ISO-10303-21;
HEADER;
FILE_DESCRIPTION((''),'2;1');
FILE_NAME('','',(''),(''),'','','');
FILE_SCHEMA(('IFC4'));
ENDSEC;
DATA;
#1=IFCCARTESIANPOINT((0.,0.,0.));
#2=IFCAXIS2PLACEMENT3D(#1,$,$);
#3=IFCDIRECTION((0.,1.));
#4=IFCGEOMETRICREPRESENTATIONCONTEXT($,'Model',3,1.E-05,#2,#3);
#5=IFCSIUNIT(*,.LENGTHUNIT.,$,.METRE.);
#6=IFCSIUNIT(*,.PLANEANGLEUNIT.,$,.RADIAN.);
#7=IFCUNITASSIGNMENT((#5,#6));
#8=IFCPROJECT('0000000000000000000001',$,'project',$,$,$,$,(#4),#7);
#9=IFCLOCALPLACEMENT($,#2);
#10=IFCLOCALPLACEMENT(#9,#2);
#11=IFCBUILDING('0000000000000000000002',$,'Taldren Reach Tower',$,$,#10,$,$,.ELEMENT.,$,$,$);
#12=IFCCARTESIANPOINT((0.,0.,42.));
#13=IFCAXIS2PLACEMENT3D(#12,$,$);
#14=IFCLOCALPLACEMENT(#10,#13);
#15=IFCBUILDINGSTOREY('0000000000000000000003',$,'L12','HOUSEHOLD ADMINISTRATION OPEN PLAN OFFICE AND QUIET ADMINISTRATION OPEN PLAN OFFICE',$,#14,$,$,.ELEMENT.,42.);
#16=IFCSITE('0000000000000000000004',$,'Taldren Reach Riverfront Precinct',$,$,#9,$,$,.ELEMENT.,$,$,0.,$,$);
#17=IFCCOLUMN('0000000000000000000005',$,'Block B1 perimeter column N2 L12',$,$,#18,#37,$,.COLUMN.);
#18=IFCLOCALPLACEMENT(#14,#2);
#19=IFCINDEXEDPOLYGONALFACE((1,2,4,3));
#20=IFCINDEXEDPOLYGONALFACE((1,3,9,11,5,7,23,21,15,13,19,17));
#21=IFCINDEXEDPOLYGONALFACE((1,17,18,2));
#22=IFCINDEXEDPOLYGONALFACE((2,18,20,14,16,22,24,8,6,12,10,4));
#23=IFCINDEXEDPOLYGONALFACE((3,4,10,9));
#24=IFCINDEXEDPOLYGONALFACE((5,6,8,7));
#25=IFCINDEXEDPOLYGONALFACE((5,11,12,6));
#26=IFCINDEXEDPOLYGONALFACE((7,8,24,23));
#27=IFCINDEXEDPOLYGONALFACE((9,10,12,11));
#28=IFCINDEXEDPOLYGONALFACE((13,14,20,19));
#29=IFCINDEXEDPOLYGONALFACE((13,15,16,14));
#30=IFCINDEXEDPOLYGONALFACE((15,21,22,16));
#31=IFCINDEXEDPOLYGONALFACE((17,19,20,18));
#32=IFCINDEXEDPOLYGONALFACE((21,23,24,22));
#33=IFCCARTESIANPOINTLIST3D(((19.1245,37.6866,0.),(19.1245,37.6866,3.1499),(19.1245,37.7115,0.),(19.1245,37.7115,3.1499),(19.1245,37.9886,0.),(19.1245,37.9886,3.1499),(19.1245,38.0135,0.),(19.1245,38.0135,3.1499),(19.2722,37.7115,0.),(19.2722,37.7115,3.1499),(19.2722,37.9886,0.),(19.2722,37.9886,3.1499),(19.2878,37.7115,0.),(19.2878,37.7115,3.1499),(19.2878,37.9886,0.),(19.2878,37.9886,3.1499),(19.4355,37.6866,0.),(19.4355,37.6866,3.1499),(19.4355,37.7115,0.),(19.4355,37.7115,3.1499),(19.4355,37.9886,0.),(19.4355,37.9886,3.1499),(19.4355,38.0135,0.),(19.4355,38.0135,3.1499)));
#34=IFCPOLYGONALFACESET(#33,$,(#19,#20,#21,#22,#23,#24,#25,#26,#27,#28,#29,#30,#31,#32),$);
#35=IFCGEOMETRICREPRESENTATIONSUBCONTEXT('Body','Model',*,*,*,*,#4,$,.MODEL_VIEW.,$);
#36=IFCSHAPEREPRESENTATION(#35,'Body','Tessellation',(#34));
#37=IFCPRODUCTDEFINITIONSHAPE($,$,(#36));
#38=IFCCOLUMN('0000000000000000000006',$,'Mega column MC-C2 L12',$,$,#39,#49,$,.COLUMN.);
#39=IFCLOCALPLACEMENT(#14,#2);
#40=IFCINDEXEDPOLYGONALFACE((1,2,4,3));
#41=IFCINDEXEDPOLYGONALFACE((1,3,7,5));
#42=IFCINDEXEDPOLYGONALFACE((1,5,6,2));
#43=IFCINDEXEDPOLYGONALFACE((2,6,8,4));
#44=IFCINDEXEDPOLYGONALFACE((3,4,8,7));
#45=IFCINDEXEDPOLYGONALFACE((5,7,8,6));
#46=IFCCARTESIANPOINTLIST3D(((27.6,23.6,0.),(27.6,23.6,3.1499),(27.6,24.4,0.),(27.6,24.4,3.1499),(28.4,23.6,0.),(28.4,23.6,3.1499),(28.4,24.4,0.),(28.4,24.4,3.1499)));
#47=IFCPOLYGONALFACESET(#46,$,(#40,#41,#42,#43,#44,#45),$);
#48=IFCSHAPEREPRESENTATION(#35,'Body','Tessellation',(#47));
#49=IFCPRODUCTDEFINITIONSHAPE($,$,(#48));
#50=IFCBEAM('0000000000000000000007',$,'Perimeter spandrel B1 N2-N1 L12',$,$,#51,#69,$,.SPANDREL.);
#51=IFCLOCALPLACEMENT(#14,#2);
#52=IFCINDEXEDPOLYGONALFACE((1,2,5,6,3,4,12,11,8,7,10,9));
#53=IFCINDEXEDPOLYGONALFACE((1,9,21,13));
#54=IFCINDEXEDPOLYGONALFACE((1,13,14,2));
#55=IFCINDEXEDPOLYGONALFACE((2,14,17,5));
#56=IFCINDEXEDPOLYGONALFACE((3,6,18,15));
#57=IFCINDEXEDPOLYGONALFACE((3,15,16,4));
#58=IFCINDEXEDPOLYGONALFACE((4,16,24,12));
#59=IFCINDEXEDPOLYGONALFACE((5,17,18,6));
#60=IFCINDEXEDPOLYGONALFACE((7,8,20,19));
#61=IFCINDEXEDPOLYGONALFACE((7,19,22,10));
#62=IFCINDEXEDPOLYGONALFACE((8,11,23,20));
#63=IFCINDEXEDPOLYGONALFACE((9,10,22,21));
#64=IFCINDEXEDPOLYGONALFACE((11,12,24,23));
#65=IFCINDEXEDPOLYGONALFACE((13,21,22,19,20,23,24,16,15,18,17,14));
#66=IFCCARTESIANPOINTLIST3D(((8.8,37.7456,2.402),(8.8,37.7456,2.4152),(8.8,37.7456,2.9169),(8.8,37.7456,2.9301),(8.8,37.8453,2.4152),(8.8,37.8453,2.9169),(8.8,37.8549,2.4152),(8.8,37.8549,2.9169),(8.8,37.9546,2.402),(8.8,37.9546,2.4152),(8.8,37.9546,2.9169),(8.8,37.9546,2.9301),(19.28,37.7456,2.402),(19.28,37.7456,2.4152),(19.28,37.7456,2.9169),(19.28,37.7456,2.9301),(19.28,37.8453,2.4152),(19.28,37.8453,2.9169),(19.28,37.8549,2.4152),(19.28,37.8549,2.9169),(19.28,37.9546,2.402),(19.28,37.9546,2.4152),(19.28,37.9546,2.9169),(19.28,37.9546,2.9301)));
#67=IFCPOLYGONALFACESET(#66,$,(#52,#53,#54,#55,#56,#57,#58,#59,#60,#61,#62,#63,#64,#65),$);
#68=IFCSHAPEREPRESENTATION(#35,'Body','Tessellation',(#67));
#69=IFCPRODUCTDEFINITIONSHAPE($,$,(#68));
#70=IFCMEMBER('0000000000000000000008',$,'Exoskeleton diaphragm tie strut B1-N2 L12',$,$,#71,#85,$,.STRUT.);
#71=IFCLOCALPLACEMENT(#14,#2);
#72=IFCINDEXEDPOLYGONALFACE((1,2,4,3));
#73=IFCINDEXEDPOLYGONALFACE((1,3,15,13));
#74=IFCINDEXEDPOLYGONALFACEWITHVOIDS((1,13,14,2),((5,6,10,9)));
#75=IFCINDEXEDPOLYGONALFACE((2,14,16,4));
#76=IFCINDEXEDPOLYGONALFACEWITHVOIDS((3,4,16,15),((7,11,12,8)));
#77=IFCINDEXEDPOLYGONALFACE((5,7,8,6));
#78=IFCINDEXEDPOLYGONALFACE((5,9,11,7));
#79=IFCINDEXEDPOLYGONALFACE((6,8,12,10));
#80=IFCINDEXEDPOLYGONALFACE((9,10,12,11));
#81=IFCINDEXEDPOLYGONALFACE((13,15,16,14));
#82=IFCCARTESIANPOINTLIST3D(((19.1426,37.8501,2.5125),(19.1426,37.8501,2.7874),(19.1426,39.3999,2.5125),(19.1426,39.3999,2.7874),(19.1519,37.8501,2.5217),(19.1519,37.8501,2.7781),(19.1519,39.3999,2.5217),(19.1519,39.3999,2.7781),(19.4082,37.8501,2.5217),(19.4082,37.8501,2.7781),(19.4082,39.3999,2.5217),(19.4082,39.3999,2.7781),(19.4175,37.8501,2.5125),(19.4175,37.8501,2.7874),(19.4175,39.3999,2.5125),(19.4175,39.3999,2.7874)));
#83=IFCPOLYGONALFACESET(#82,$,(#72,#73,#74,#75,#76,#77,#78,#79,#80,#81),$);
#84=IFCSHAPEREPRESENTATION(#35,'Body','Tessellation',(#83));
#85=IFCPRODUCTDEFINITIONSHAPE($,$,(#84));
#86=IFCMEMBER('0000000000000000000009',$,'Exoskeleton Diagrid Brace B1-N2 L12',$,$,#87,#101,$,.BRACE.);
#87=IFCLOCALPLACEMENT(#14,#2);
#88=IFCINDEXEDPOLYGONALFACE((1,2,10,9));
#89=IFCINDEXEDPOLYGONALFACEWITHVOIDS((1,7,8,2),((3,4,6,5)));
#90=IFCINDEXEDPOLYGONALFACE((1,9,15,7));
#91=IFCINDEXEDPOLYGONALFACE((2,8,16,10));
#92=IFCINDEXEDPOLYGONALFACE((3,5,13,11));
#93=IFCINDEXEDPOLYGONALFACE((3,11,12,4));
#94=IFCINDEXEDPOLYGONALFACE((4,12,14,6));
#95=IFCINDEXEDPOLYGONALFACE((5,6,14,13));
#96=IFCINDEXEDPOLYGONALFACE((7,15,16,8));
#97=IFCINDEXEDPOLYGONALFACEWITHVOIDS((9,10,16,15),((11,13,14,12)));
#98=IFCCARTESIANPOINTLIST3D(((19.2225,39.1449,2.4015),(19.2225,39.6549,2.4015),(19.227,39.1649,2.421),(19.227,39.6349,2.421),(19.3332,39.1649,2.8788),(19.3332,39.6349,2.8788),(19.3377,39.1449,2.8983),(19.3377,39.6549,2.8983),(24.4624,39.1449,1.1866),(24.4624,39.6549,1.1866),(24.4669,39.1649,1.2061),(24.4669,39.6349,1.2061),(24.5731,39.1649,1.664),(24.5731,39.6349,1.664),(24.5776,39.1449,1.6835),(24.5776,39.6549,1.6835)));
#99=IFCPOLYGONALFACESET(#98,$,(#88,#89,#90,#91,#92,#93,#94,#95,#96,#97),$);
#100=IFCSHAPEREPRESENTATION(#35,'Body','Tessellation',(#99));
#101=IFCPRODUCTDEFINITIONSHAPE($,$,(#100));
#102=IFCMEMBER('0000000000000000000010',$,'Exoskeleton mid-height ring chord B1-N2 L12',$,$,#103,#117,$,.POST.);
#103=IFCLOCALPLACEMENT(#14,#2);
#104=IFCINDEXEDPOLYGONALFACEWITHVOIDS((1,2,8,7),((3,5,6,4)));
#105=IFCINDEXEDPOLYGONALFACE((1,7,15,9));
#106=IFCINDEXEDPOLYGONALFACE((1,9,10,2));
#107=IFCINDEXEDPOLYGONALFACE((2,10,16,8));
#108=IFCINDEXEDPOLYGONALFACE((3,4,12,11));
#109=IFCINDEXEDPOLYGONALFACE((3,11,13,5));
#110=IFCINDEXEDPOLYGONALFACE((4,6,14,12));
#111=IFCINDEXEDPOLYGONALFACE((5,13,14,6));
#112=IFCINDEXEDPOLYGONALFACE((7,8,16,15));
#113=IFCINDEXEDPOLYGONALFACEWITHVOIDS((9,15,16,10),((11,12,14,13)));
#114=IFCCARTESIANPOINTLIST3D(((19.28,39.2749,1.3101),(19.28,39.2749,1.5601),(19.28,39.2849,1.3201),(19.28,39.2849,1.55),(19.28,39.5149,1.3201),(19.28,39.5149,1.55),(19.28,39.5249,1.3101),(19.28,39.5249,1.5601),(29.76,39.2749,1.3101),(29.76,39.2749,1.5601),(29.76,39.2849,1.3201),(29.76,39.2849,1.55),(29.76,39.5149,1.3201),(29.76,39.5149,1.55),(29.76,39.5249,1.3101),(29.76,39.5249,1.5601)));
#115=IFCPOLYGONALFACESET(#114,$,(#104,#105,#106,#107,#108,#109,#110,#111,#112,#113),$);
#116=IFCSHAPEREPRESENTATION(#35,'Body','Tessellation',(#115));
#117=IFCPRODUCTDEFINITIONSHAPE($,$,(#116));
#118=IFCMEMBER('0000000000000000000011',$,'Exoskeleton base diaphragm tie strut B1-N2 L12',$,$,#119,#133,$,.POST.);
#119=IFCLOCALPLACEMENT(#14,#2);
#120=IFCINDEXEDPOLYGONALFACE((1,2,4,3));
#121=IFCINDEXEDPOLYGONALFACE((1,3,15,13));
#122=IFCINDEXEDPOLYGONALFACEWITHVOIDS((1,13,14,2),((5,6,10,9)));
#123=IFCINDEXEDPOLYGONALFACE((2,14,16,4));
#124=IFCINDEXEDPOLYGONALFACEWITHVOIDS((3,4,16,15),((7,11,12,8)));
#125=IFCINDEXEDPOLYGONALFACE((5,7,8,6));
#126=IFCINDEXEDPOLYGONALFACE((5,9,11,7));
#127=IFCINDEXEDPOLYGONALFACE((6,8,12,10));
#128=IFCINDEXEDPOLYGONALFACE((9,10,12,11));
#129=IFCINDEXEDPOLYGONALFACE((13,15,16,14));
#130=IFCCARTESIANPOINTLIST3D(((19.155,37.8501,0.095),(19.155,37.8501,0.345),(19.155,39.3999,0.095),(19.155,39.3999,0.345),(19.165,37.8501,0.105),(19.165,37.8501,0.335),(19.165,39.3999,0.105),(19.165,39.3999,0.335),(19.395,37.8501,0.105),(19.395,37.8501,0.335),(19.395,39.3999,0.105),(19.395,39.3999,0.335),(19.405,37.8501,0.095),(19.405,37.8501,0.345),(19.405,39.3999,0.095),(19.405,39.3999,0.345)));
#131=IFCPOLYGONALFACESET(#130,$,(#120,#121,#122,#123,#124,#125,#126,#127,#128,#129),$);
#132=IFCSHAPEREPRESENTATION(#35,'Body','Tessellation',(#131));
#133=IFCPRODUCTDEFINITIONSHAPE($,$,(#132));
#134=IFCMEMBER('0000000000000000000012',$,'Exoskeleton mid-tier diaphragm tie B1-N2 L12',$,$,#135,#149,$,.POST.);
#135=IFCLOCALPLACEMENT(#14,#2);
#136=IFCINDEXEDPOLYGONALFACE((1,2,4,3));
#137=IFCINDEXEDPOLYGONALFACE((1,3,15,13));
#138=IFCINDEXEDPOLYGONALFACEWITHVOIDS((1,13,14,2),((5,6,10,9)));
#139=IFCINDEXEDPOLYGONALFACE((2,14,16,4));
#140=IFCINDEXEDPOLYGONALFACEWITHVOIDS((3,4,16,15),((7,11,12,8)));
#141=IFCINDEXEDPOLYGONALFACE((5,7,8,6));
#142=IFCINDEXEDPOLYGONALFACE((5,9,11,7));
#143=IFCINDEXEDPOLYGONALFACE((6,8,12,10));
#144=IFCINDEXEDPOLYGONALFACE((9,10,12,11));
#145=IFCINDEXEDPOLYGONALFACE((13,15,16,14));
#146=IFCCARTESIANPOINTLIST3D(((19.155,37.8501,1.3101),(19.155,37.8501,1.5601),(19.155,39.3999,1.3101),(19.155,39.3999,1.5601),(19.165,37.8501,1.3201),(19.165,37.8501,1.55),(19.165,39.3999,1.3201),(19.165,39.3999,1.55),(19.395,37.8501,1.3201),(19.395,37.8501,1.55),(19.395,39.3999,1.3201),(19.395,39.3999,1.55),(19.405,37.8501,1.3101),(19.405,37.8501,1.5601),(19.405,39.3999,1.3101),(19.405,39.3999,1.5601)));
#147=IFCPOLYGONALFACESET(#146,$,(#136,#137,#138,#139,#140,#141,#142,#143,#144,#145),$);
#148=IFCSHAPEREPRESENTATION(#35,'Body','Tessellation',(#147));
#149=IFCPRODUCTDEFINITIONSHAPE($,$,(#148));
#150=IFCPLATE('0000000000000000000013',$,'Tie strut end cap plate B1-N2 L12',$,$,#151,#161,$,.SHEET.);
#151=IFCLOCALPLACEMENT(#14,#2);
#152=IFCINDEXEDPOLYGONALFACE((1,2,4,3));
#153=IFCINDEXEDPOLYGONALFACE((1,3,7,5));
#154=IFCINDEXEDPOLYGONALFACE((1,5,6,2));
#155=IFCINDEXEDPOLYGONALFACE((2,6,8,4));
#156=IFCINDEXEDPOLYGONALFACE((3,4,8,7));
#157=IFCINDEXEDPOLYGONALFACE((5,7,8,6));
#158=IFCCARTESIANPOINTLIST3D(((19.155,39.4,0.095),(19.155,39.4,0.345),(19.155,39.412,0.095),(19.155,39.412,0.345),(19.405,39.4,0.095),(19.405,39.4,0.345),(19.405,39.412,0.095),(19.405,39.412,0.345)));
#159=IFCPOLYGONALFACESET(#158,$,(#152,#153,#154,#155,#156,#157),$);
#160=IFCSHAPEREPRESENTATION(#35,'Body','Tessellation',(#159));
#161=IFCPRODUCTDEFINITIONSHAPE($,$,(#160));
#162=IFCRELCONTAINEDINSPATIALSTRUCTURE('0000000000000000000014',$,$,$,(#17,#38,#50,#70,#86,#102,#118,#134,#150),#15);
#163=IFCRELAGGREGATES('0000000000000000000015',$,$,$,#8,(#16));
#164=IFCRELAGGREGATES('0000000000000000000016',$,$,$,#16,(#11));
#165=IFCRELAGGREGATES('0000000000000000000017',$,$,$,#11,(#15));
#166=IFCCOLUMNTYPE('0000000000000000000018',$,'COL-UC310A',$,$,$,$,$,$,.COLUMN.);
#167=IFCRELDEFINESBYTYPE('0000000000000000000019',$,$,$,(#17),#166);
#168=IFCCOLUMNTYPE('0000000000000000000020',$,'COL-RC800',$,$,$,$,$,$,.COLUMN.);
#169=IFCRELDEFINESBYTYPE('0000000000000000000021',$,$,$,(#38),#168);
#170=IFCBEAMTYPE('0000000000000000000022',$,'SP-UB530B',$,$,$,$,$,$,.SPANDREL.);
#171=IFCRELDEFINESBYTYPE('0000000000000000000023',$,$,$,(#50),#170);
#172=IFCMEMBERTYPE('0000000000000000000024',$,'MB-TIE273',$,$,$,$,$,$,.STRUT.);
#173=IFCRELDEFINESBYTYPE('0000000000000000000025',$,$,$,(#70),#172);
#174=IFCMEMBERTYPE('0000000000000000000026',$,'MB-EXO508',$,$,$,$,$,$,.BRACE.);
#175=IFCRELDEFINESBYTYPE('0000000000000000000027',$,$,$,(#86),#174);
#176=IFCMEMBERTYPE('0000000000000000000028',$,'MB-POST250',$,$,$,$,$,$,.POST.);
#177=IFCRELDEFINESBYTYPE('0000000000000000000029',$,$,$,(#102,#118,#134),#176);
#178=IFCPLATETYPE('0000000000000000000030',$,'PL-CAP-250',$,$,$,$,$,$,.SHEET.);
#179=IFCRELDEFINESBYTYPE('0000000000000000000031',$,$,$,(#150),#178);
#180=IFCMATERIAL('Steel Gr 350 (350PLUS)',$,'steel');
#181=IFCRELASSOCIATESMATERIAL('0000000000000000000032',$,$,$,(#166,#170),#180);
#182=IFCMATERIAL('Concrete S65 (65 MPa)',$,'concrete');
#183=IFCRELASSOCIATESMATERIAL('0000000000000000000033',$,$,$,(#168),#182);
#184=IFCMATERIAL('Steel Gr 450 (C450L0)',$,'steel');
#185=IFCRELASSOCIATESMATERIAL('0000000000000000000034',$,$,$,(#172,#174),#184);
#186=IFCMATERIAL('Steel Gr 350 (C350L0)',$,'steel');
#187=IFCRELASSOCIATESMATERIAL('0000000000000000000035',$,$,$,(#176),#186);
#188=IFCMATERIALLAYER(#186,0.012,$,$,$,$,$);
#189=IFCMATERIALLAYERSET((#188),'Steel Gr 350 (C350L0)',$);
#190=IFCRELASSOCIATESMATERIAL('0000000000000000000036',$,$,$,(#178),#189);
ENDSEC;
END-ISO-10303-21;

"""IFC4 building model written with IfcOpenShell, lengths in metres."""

from ifc_helpers import new_model, si_unit, direction, frame, origin, origin_2d, place, context, subcontext, project, spatial, rectangle, hollow_rectangle, i_section, extrude, source, transform, mapped, material, layer, layer_set, material_profile, profile_set, type_object, element, save


model = new_model("IFC4")

# Units and contexts
model_context = context("Model", 3, precision=1e-05, world=origin(), true_north=direction((0.0, 1.0)))
body_context = subcontext(model_context, "Body", "Model", "MODEL_VIEW")
ifc_project = project(units=[si_unit("LENGTHUNIT", "METRE"), si_unit("PLANEANGLEUNIT", "RADIAN")], contexts=[model_context])

# Site, building, storey
site_placement = place(None, origin())
site = spatial("IfcSite", under=ifc_project, at=site_placement, Name="Taldren Reach Riverfront Precinct", CompositionType="ELEMENT", RefElevation=0.0)
building_placement = place(site_placement, origin())
building = spatial("IfcBuilding", under=site, at=building_placement, Name="Taldren Reach Tower", CompositionType="ELEMENT")
storey_placement = place(building_placement, frame((0.0, 0.0, 42.0)))
storey = spatial("IfcBuildingStorey", under=building, at=storey_placement, Name="L12", Description="HOUSEHOLD ADMINISTRATION OPEN PLAN OFFICE AND QUIET ADMINISTRATION OPEN PLAN OFFICE", CompositionType="ELEMENT", Elevation=42.0)

# Columns
ifc_material_1 = material(Name="Steel Gr 350 (350PLUS)", Category="steel")
ifc_material_profile_1 = material_profile(ifc_material_1, i_section(OverallWidth=0.311, OverallDepth=0.3269, WebThickness=0.0156, FlangeThickness=0.0249, at=origin_2d()), Name="310UC158")
ifc_profile_set_1 = profile_set([ifc_material_profile_1], Name="Steel Gr 350 (350PLUS)")
column_type_1 = type_object("IfcColumnType", Name="COL-UC310A", PredefinedType="COLUMN", material=ifc_profile_set_1)
shared_shape_1 = source(origin(), body_context, "Body", "SweptSolid", [
    extrude(i_section(OverallWidth=0.311, OverallDepth=0.3269, WebThickness=0.0156, FlangeThickness=0.0249, at=origin_2d()), origin(), (0.0, 0.0, 1.0), 3.1499),
])
column_1_placement = place(storey_placement, frame((19.28, 37.8501, 0.0), z_axis=(0.0, 0.0, 1.0), x_axis=(1.0, 0.0, 0.0)))
element("IfcColumn", 1, at=column_1_placement, inside=storey, type_object=column_type_1, Name="Block B1 perimeter column N2 L12", PredefinedType="COLUMN", context=body_context, shape_type="MappedRepresentation", body=[
    mapped(shared_shape_1, transform((0.0, 0.0, 0.0), scale=1.0)),
])
ifc_material_2 = material(Name="Concrete S65 (65 MPa)", Category="concrete")
ifc_material_profile_2 = material_profile(ifc_material_2, rectangle(XDim=0.8, YDim=0.8, at=origin_2d()), Name="RC-800x800")
ifc_profile_set_2 = profile_set([ifc_material_profile_2], Name="Concrete S65 (65 MPa)")
column_type_2 = type_object("IfcColumnType", Name="COL-RC800", PredefinedType="COLUMN", material=ifc_profile_set_2)
shared_shape_2 = source(origin(), body_context, "Body", "SweptSolid", [
    extrude(rectangle(XDim=0.8, YDim=0.8, at=origin_2d()), origin(), (0.0, 0.0, 1.0), 3.1499),
])
column_2_placement = place(storey_placement, frame((28.0, 24.0, 0.0), z_axis=(0.0, 0.0, 1.0), x_axis=(1.0, 0.0, 0.0)))
element("IfcColumn", 2, at=column_2_placement, inside=storey, type_object=column_type_2, Name="Mega column MC-C2 L12", PredefinedType="COLUMN", context=body_context, shape_type="MappedRepresentation", body=[
    mapped(shared_shape_2, transform((0.0, 0.0, 0.0), scale=1.0)),
])

# Beam
ifc_material_profile_3 = material_profile(ifc_material_1, i_section(OverallWidth=0.209, OverallDepth=0.5281, WebThickness=0.0095, FlangeThickness=0.0132, at=origin_2d()), Name="530UB82.0")
ifc_profile_set_3 = profile_set([ifc_material_profile_3], Name="Steel Gr 350 (350PLUS)")
beam_type = type_object("IfcBeamType", Name="SP-UB530B", PredefinedType="SPANDREL", material=ifc_profile_set_3)
shared_shape_3 = source(origin(), body_context, "Body", "SweptSolid", [
    extrude(i_section(OverallWidth=0.209, OverallDepth=0.5281, WebThickness=0.0095, FlangeThickness=0.0132, at=origin_2d()), origin(), (0.0, 0.0, 1.0), 10.48),
])
beam_placement = place(storey_placement, frame((19.28, 37.8501, 2.666), z_axis=(-1.0, 0.0, 0.0), x_axis=(0.0, -1.0, 0.0)))
element("IfcBeam", 3, at=beam_placement, inside=storey, type_object=beam_type, Name="Perimeter spandrel B1 N2-N1 L12", PredefinedType="SPANDREL", context=body_context, shape_type="MappedRepresentation", body=[
    mapped(shared_shape_3, transform((0.0, 0.0, 0.0), scale=1.0)),
])

# Members
ifc_material_3 = material(Name="Steel Gr 450 (C450L0)", Category="steel")
ifc_material_profile_4 = material_profile(ifc_material_3, hollow_rectangle(XDim=0.2749, YDim=0.2749, WallThickness=0.0093, at=origin_2d()), Name="275x275x9.3SHS")
ifc_profile_set_4 = profile_set([ifc_material_profile_4], Name="Steel Gr 450 (C450L0)")
member_type_1 = type_object("IfcMemberType", Name="MB-TIE273", PredefinedType="STRUT", material=ifc_profile_set_4)
shared_shape_4 = source(origin(), body_context, "Body", "SweptSolid", [
    extrude(hollow_rectangle(XDim=0.2749, YDim=0.2749, WallThickness=0.0093, at=origin_2d()), origin(), (0.0, 0.0, 1.0), 1.5498),
])
member_1_placement = place(storey_placement, frame((19.28, 37.8501, 2.6499), z_axis=(0.0, 1.0, 0.0), x_axis=(-1.0, 0.0, 0.0)))
element("IfcMember", 4, at=member_1_placement, inside=storey, type_object=member_type_1, Name="Exoskeleton diaphragm tie strut B1-N2 L12", PredefinedType="STRUT", context=body_context, shape_type="MappedRepresentation", body=[
    mapped(shared_shape_4, transform((0.0, 0.0, 0.0), scale=1.0)),
])
ifc_material_profile_5 = material_profile(ifc_material_3, hollow_rectangle(XDim=0.51, YDim=0.51, WallThickness=0.02, at=origin_2d()), Name="510x510x20.0SHS")
ifc_profile_set_5 = profile_set([ifc_material_profile_5], Name="Steel Gr 450 (C450L0)")
member_type_2 = type_object("IfcMemberType", Name="MB-EXO508", PredefinedType="BRACE", material=ifc_profile_set_5)
shared_shape_5 = source(origin(), body_context, "Body", "SweptSolid", [
    extrude(hollow_rectangle(XDim=0.51, YDim=0.51, WallThickness=0.02, at=origin_2d()), origin(), (0.0, 0.0, 1.0), 5.3789),
])
member_2_placement = place(storey_placement, frame((24.52, 39.3999, 1.4351), z_axis=(-0.974162, 0.0, 0.225851), x_axis=(0.0, -1.0, 0.0)))
element("IfcMember", 5, at=member_2_placement, inside=storey, type_object=member_type_2, Name="Exoskeleton Diagrid Brace B1-N2 L12", PredefinedType="BRACE", context=body_context, shape_type="MappedRepresentation", body=[
    mapped(shared_shape_5, transform((0.0, 0.0, 0.0), scale=1.0)),
])
ifc_material_4 = material(Name="Steel Gr 350 (C350L0)", Category="steel")
ifc_material_profile_6 = material_profile(ifc_material_4, hollow_rectangle(XDim=0.25, YDim=0.25, WallThickness=0.01, at=origin_2d()), Name="250x250x10.0SHS")
ifc_profile_set_6 = profile_set([ifc_material_profile_6], Name="Steel Gr 350 (C350L0)")
member_type_3 = type_object("IfcMemberType", Name="MB-POST250", PredefinedType="POST", material=ifc_profile_set_6)
shared_shape_6 = source(origin(), body_context, "Body", "SweptSolid", [
    extrude(hollow_rectangle(XDim=0.25, YDim=0.25, WallThickness=0.01, at=origin_2d()), origin(), (0.0, 0.0, 1.0), 10.48),
])
member_3_placement = place(storey_placement, frame((19.28, 39.3999, 1.4351), z_axis=(1.0, 0.0, 0.0), x_axis=(0.0, 1.0, 0.0)))
element("IfcMember", 6, at=member_3_placement, inside=storey, type_object=member_type_3, Name="Exoskeleton mid-height ring chord B1-N2 L12", PredefinedType="POST", context=body_context, shape_type="MappedRepresentation", body=[
    mapped(shared_shape_6, transform((0.0, 0.0, 0.0), scale=1.0)),
])
shared_shape_7 = source(origin(), body_context, "Body", "SweptSolid", [
    extrude(hollow_rectangle(XDim=0.25, YDim=0.25, WallThickness=0.01, at=origin_2d()), origin(), (0.0, 0.0, 1.0), 1.5498),
])
for number, where, z_axis, x_axis, name in (
    (7, (19.28, 37.8501, 0.22), (0.0, 1.0, 0.0), (-1.0, 0.0, 0.0), "Exoskeleton base diaphragm tie strut B1-N2 L12"),
    (8, (19.28, 37.8501, 1.4351), (0.0, 1.0, 0.0), (-1.0, 0.0, 0.0), "Exoskeleton mid-tier diaphragm tie B1-N2 L12"),
):
    element("IfcMember", number, at=place(storey_placement, frame(where, z_axis=z_axis, x_axis=x_axis)), inside=storey, type_object=member_type_3, Name=name, PredefinedType="POST", context=body_context, shape_type="MappedRepresentation", body=[
        mapped(shared_shape_7, transform((0.0, 0.0, 0.0), scale=1.0)),
    ])

# Plate
ifc_layer_1 = layer(ifc_material_4, 0.012)
ifc_layer_set_1 = layer_set([ifc_layer_1], Name="Steel Gr 350 (C350L0)")
plate_type_1 = type_object("IfcPlateType", Name="PL-CAP-250", PredefinedType="SHEET", material=ifc_layer_set_1)
shared_shape_8 = source(origin(), body_context, "Body", "SweptSolid", [
    extrude(rectangle(XDim=0.25, YDim=0.012, at=origin_2d()), origin(), (0.0, 0.0, 1.0), 0.25),
])
plate_1_placement = place(storey_placement, frame((19.28, 39.406, 0.095), z_axis=(0.0, 0.0, 1.0), x_axis=(1.0, 0.0, 0.0)))
element("IfcPlate", 9, at=plate_1_placement, inside=storey, type_object=plate_type_1, Name="Tie strut end cap plate B1-N2 L12", PredefinedType="SHEET", context=body_context, shape_type="MappedRepresentation", body=[
    mapped(shared_shape_8, transform((0.0, 0.0, 0.0), scale=1.0)),
])

save(model, "model.ifc")
